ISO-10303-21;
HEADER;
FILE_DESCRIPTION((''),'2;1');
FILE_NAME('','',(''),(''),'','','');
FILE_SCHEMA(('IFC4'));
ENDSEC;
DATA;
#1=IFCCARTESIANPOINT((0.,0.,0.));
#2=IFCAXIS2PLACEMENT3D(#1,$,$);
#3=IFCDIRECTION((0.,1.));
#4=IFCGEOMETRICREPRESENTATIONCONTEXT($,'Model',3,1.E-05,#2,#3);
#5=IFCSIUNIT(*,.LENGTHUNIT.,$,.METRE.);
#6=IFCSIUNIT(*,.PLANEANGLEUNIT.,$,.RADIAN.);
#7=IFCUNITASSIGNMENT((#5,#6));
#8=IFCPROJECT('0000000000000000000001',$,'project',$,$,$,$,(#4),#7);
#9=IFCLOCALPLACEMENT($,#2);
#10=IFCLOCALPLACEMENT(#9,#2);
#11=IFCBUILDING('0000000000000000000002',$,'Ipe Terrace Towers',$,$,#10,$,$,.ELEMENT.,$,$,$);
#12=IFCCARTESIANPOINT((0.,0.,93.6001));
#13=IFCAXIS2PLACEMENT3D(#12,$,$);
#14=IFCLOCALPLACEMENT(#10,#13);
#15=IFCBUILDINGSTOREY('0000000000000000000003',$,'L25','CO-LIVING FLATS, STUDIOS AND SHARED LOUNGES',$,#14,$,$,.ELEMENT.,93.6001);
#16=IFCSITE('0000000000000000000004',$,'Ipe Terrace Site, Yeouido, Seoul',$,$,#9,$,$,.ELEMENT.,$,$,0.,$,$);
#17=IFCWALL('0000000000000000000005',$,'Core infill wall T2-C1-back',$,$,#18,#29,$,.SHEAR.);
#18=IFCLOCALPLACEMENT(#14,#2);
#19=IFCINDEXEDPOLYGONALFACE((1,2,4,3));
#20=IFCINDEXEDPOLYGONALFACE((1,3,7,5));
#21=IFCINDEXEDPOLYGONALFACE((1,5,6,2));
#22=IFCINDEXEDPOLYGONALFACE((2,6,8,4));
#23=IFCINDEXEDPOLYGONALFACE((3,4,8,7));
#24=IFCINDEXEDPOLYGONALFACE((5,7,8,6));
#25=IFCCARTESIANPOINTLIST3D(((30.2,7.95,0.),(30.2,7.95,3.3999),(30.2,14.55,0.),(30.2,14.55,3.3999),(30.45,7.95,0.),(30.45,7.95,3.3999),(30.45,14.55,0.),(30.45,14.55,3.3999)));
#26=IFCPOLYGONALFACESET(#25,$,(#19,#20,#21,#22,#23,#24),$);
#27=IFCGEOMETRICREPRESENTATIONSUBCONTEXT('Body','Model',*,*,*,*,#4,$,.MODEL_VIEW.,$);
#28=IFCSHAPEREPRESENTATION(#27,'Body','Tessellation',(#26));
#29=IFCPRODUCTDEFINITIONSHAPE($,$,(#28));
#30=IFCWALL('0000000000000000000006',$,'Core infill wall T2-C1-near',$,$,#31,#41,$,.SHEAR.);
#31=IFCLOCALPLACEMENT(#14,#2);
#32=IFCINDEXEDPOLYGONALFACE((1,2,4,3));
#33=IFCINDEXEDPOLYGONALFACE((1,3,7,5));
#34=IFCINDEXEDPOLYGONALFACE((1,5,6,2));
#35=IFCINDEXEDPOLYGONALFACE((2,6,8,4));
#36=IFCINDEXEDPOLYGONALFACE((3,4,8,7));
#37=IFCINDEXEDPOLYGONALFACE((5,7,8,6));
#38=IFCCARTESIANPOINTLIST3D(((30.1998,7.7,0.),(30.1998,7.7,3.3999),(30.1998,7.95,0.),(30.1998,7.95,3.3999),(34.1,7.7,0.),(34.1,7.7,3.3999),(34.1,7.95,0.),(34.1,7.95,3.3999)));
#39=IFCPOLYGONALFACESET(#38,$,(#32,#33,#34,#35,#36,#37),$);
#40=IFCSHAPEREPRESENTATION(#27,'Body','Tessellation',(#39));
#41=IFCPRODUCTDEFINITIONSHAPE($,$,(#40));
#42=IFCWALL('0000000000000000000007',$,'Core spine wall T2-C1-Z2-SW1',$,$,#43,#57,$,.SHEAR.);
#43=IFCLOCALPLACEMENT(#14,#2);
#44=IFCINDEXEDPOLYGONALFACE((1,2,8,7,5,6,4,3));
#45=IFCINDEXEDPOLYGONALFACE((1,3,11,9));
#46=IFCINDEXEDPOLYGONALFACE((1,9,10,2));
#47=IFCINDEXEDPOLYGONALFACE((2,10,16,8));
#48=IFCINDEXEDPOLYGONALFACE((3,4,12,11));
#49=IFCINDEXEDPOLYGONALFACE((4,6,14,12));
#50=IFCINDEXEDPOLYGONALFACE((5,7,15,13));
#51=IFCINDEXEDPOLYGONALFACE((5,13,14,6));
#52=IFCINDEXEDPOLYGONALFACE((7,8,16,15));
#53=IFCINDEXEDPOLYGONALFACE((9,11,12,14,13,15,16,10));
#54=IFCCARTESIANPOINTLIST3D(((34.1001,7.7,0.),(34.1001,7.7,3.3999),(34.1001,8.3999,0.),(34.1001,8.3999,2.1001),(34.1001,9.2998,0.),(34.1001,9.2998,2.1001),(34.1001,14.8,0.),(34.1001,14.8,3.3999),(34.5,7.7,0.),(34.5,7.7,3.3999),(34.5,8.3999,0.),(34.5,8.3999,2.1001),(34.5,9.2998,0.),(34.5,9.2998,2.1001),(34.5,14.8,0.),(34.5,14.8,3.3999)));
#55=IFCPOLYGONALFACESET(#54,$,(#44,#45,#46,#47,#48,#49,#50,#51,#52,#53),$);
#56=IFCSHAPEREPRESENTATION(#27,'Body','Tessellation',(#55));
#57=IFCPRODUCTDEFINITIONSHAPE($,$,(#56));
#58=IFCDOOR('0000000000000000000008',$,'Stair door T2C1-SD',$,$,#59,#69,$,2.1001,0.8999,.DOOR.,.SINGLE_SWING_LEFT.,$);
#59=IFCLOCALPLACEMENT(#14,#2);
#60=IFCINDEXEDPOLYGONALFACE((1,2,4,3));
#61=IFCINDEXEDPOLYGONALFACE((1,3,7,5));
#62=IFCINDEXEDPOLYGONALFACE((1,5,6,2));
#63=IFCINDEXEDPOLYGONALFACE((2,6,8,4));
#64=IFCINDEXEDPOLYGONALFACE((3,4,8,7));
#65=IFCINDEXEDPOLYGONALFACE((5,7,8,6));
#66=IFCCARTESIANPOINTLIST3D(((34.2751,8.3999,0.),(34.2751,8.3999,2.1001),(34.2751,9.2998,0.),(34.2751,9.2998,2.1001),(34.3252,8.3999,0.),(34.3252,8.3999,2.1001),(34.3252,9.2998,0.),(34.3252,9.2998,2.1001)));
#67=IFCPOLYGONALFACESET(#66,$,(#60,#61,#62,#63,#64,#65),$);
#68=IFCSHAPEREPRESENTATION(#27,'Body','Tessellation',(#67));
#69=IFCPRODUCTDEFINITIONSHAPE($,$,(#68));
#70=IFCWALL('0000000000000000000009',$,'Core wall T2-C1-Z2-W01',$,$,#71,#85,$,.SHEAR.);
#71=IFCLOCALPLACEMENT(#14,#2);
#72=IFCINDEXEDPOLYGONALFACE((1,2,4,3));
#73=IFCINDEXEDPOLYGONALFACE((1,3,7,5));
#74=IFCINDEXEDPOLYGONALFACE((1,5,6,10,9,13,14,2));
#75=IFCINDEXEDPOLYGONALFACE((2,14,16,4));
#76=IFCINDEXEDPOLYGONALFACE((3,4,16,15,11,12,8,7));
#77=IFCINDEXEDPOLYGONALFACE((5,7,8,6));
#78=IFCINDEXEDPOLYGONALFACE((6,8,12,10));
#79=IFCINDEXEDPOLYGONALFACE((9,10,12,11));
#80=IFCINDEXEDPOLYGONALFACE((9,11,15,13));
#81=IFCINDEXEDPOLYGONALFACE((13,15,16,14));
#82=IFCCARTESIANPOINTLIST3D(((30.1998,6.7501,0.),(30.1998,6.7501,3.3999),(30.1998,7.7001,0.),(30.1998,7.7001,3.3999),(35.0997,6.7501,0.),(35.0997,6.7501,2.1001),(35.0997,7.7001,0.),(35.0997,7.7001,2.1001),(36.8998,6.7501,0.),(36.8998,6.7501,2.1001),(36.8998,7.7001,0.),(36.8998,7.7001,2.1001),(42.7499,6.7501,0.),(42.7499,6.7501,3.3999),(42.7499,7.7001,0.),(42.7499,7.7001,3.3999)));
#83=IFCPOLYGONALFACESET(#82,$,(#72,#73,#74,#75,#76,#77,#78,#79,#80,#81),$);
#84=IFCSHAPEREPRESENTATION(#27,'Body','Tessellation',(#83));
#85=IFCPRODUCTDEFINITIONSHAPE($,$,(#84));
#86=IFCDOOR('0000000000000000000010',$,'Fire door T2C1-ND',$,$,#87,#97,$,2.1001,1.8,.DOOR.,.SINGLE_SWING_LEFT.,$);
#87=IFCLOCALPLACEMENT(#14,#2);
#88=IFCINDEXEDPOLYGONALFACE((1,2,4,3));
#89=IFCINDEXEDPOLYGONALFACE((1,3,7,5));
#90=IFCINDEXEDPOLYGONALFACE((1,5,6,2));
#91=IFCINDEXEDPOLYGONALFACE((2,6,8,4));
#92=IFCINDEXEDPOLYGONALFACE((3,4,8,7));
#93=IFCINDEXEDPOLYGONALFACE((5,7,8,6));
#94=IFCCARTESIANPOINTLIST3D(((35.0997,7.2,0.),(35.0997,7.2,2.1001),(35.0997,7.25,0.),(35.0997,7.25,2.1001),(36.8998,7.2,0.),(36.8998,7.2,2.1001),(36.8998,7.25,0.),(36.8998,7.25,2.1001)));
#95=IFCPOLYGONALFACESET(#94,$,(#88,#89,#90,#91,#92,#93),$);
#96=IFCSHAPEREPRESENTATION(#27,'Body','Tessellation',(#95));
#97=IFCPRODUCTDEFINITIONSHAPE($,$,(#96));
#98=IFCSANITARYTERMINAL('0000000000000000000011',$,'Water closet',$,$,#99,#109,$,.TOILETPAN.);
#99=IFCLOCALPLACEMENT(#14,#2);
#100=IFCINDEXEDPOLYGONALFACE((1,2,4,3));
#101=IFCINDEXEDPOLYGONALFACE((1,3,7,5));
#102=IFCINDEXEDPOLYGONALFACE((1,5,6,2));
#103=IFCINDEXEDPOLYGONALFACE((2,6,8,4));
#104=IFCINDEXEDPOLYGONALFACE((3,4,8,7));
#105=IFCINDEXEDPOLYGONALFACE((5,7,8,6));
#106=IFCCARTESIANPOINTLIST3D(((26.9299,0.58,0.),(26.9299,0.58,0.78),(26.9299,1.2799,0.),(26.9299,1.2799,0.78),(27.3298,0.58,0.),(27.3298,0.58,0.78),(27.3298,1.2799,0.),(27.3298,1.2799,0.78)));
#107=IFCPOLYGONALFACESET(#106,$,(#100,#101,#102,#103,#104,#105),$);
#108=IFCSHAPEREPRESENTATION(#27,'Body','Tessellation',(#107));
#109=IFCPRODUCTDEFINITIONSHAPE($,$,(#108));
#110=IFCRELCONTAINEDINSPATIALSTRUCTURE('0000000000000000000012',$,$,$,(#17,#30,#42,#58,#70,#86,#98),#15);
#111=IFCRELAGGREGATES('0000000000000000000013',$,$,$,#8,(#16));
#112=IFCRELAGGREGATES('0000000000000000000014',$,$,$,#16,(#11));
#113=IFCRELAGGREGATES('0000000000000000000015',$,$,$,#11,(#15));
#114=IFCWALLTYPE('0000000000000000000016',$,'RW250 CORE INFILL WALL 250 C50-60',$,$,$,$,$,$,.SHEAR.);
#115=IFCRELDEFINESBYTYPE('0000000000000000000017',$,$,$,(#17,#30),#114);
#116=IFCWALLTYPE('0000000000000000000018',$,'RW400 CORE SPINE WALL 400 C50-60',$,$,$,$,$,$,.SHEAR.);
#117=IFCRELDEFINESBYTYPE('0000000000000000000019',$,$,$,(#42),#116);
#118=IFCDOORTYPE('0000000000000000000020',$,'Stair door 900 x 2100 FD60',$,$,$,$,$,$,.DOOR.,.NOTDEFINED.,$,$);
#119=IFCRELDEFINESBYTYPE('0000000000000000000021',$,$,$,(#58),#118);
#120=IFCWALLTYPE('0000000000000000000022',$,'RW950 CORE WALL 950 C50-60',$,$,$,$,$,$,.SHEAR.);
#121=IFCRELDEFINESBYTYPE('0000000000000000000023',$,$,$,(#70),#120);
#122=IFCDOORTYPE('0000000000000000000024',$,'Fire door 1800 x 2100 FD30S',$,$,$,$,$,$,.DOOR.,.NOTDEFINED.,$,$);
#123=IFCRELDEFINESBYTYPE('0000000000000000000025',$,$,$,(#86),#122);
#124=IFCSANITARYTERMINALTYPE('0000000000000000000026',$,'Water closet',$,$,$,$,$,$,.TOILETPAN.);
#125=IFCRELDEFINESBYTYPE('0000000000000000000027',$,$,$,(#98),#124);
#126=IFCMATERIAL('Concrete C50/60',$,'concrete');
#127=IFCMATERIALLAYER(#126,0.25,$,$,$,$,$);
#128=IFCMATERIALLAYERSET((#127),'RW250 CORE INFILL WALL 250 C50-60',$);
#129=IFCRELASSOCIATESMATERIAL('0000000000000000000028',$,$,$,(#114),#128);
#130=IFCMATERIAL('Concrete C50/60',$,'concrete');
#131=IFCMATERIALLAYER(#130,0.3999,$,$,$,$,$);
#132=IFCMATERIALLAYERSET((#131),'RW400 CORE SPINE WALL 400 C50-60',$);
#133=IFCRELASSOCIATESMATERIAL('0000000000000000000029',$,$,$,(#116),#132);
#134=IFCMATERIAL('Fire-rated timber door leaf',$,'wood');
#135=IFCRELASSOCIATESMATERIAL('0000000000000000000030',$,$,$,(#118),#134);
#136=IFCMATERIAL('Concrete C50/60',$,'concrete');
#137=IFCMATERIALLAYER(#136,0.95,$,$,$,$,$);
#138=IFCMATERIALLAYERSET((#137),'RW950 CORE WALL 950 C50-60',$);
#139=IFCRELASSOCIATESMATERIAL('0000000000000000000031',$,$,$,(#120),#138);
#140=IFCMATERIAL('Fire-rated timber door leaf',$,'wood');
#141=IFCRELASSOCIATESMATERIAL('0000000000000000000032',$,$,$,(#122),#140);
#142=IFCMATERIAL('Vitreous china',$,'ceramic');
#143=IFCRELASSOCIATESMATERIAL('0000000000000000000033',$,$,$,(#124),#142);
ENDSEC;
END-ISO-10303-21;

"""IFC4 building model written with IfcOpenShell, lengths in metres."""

from ifc_helpers import new_model, si_unit, direction, frame, frame_2d, origin, origin_2d, place, context, subcontext, project, spatial, rectangle, extrude, material, layer, layer_set, type_object, element, fill, save


model = new_model("IFC4")

# Units and contexts
model_context = context("Model", 3, precision=1e-05, world=origin(), true_north=direction((0.0, 1.0)))
body_context = subcontext(model_context, "Body", "Model", "MODEL_VIEW")
ifc_project = project(units=[si_unit("LENGTHUNIT", "METRE"), si_unit("PLANEANGLEUNIT", "RADIAN")], contexts=[model_context])

# Site, building, storey
site_placement = place(None, origin())
site = spatial("IfcSite", under=ifc_project, at=site_placement, Name="Ipe Terrace Site, Yeouido, Seoul", CompositionType="ELEMENT", RefElevation=0.0)
building_placement = place(site_placement, origin())
building = spatial("IfcBuilding", under=site, at=building_placement, Name="Ipe Terrace Towers", CompositionType="ELEMENT")
storey_placement = place(building_placement, frame((0.0, 0.0, 93.6001)))
storey = spatial("IfcBuildingStorey", under=building, at=storey_placement, Name="L25", Description="CO-LIVING FLATS, STUDIOS AND SHARED LOUNGES", CompositionType="ELEMENT", Elevation=93.6001)

# Walls
ifc_material_1 = material(Name="Concrete C50/60", Category="concrete")
ifc_layer_1 = layer(ifc_material_1, 0.25)
ifc_layer_set_1 = layer_set([ifc_layer_1], Name="RW250 CORE INFILL WALL 250 C50-60")
wall_type_1 = type_object("IfcWallType", Name="RW250 CORE INFILL WALL 250 C50-60", PredefinedType="SHEAR", material=ifc_layer_set_1)
wall_1_placement = place(storey_placement, frame((30.325, 7.95, 0.0), z_axis=(0.0, 0.0, 1.0), x_axis=(0.0, 1.0, 0.0)))
element("IfcWall", 1, at=wall_1_placement, inside=storey, type_object=wall_type_1, Name="Core infill wall T2-C1-back", PredefinedType="SHEAR", context=body_context, shape_type="SweptSolid", body=[
    extrude(rectangle(XDim=6.6001, YDim=0.25, at=frame_2d((3.3, 0.0))), origin(), (0.0, 0.0, 1.0), 3.3999),
])
wall_2_placement = place(storey_placement, frame((34.1001, 7.825, 0.0), z_axis=(0.0, 0.0, 1.0), x_axis=(-1.0, 0.0, 0.0)))
element("IfcWall", 2, at=wall_2_placement, inside=storey, type_object=wall_type_1, Name="Core infill wall T2-C1-near", PredefinedType="SHEAR", context=body_context, shape_type="SweptSolid", body=[
    extrude(rectangle(XDim=3.9001, YDim=0.25, at=frame_2d((1.9502, 0.0))), origin(), (0.0, 0.0, 1.0), 3.3999),
])

# Walls, openings, doors
ifc_material_2 = material(Name="Concrete C50/60", Category="concrete")
ifc_layer_2 = layer(ifc_material_2, 0.3999)
ifc_layer_set_2 = layer_set([ifc_layer_2], Name="RW400 CORE SPINE WALL 400 C50-60")
wall_type_2 = type_object("IfcWallType", Name="RW400 CORE SPINE WALL 400 C50-60", PredefinedType="SHEAR", material=ifc_layer_set_2)
wall_3_placement = place(storey_placement, frame((34.3, 7.7, 0.0), z_axis=(0.0, 0.0, 1.0), x_axis=(0.0, 1.0, 0.0)))
wall_3 = element("IfcWall", 3, at=wall_3_placement, inside=storey, type_object=wall_type_2, Name="Core spine wall T2-C1-Z2-SW1", PredefinedType="SHEAR", context=body_context, shape_type="SweptSolid", body=[
    extrude(rectangle(XDim=7.1001, YDim=0.3999, at=frame_2d((3.55, 0.0))), origin(), (0.0, 0.0, 1.0), 3.3999),
])
opening_1_placement = place(wall_3_placement, frame((0.7, 0.0, 0.0)))
opening_1 = element("IfcOpeningElement", 4, at=opening_1_placement, cuts=wall_3, PredefinedType="OPENING", context=body_context, shape_type="SweptSolid", body=[
    extrude(rectangle(XDim=0.8999, YDim=2.1001, at=frame_2d((0.45, 1.05))), frame((0.0, 0.21, 0.0), z_axis=(0.0, -1.0, 0.0), x_axis=(1.0, 0.0, 0.0)), (0.0, 0.0, 1.0), 0.4199),
])
ifc_material_3 = material(Name="Fire-rated timber door leaf", Category="wood")
door_type_1 = type_object("IfcDoorType", Name="Stair door 900 x 2100 FD60", OperationType="NOTDEFINED", PredefinedType="DOOR", material=ifc_material_3)
door_1_placement = place(opening_1_placement, origin())
door_1 = element("IfcDoor", 5, at=door_1_placement, inside=storey, type_object=door_type_1, Name="Stair door T2C1-SD", OperationType="SINGLE_SWING_LEFT", OverallHeight=2.1001, OverallWidth=0.8999, PredefinedType="DOOR", context=body_context, shape_type="SweptSolid", body=[
    extrude(rectangle(XDim=0.8999, YDim=2.1001, at=frame_2d((0.45, 1.05))), frame((0.0, 0.0249, 0.0), z_axis=(0.0, -1.0, 0.0), x_axis=(1.0, 0.0, 0.0)), (0.0, 0.0, 1.0), 0.05),
])
fill(opening_1, door_1)
ifc_material_4 = material(Name="Concrete C50/60", Category="concrete")
ifc_layer_3 = layer(ifc_material_4, 0.95)
ifc_layer_set_3 = layer_set([ifc_layer_3], Name="RW950 CORE WALL 950 C50-60")
wall_type_3 = type_object("IfcWallType", Name="RW950 CORE WALL 950 C50-60", PredefinedType="SHEAR", material=ifc_layer_set_3)
wall_4_placement = place(storey_placement, frame((30.2, 7.2251, 0.0), z_axis=(0.0, 0.0, 1.0), x_axis=(1.0, 0.0, 0.0)))
wall_4 = element("IfcWall", 6, at=wall_4_placement, inside=storey, type_object=wall_type_3, Name="Core wall T2-C1-Z2-W01", PredefinedType="SHEAR", context=body_context, shape_type="SweptSolid", body=[
    extrude(rectangle(XDim=12.55, YDim=0.95, at=frame_2d((6.2749, 0.0))), origin(), (0.0, 0.0, 1.0), 3.3999),
])
opening_2_placement = place(wall_4_placement, frame((4.8999, 0.0, 0.0)))
opening_2 = element("IfcOpeningElement", 7, at=opening_2_placement, cuts=wall_4, PredefinedType="OPENING", context=body_context, shape_type="SweptSolid", body=[
    extrude(rectangle(XDim=1.8, YDim=2.1001, at=frame_2d((0.8999, 1.05))), frame((0.0, 0.4849, 0.0), z_axis=(0.0, -1.0, 0.0), x_axis=(1.0, 0.0, 0.0)), (0.0, 0.0, 1.0), 0.97),
])
ifc_material_5 = material(Name="Fire-rated timber door leaf", Category="wood")
door_type_2 = type_object("IfcDoorType", Name="Fire door 1800 x 2100 FD30S", OperationType="NOTDEFINED", PredefinedType="DOOR", material=ifc_material_5)
door_2_placement = place(opening_2_placement, origin())
door_2 = element("IfcDoor", 8, at=door_2_placement, inside=storey, type_object=door_type_2, Name="Fire door T2C1-ND", OperationType="SINGLE_SWING_LEFT", OverallHeight=2.1001, OverallWidth=1.8, PredefinedType="DOOR", context=body_context, shape_type="SweptSolid", body=[
    extrude(rectangle(XDim=1.8, YDim=2.1001, at=frame_2d((0.8999, 1.05))), frame((0.0, 0.0249, 0.0), z_axis=(0.0, -1.0, 0.0), x_axis=(1.0, 0.0, 0.0)), (0.0, 0.0, 1.0), 0.05),
])
fill(opening_2, door_2)

# Sanitary terminal
ifc_material_6 = material(Name="Vitreous china", Category="ceramic")
sanitary_terminal_type = type_object("IfcSanitaryTerminalType", Name="Water closet", PredefinedType="TOILETPAN", material=ifc_material_6)
sanitary_terminal_placement = place(storey_placement, frame((27.1299, 0.9299, 0.0), z_axis=(0.0, 0.0, 1.0), x_axis=(0.0, -1.0, 0.0)))
element("IfcSanitaryTerminal", 9, at=sanitary_terminal_placement, inside=storey, type_object=sanitary_terminal_type, Name="Water closet", PredefinedType="TOILETPAN", context=body_context, shape_type="SweptSolid", body=[
    extrude(rectangle(XDim=0.7, YDim=0.3999, at=origin_2d()), origin(), (0.0, 0.0, 1.0), 0.78),
])

save(model, "model.ifc")
